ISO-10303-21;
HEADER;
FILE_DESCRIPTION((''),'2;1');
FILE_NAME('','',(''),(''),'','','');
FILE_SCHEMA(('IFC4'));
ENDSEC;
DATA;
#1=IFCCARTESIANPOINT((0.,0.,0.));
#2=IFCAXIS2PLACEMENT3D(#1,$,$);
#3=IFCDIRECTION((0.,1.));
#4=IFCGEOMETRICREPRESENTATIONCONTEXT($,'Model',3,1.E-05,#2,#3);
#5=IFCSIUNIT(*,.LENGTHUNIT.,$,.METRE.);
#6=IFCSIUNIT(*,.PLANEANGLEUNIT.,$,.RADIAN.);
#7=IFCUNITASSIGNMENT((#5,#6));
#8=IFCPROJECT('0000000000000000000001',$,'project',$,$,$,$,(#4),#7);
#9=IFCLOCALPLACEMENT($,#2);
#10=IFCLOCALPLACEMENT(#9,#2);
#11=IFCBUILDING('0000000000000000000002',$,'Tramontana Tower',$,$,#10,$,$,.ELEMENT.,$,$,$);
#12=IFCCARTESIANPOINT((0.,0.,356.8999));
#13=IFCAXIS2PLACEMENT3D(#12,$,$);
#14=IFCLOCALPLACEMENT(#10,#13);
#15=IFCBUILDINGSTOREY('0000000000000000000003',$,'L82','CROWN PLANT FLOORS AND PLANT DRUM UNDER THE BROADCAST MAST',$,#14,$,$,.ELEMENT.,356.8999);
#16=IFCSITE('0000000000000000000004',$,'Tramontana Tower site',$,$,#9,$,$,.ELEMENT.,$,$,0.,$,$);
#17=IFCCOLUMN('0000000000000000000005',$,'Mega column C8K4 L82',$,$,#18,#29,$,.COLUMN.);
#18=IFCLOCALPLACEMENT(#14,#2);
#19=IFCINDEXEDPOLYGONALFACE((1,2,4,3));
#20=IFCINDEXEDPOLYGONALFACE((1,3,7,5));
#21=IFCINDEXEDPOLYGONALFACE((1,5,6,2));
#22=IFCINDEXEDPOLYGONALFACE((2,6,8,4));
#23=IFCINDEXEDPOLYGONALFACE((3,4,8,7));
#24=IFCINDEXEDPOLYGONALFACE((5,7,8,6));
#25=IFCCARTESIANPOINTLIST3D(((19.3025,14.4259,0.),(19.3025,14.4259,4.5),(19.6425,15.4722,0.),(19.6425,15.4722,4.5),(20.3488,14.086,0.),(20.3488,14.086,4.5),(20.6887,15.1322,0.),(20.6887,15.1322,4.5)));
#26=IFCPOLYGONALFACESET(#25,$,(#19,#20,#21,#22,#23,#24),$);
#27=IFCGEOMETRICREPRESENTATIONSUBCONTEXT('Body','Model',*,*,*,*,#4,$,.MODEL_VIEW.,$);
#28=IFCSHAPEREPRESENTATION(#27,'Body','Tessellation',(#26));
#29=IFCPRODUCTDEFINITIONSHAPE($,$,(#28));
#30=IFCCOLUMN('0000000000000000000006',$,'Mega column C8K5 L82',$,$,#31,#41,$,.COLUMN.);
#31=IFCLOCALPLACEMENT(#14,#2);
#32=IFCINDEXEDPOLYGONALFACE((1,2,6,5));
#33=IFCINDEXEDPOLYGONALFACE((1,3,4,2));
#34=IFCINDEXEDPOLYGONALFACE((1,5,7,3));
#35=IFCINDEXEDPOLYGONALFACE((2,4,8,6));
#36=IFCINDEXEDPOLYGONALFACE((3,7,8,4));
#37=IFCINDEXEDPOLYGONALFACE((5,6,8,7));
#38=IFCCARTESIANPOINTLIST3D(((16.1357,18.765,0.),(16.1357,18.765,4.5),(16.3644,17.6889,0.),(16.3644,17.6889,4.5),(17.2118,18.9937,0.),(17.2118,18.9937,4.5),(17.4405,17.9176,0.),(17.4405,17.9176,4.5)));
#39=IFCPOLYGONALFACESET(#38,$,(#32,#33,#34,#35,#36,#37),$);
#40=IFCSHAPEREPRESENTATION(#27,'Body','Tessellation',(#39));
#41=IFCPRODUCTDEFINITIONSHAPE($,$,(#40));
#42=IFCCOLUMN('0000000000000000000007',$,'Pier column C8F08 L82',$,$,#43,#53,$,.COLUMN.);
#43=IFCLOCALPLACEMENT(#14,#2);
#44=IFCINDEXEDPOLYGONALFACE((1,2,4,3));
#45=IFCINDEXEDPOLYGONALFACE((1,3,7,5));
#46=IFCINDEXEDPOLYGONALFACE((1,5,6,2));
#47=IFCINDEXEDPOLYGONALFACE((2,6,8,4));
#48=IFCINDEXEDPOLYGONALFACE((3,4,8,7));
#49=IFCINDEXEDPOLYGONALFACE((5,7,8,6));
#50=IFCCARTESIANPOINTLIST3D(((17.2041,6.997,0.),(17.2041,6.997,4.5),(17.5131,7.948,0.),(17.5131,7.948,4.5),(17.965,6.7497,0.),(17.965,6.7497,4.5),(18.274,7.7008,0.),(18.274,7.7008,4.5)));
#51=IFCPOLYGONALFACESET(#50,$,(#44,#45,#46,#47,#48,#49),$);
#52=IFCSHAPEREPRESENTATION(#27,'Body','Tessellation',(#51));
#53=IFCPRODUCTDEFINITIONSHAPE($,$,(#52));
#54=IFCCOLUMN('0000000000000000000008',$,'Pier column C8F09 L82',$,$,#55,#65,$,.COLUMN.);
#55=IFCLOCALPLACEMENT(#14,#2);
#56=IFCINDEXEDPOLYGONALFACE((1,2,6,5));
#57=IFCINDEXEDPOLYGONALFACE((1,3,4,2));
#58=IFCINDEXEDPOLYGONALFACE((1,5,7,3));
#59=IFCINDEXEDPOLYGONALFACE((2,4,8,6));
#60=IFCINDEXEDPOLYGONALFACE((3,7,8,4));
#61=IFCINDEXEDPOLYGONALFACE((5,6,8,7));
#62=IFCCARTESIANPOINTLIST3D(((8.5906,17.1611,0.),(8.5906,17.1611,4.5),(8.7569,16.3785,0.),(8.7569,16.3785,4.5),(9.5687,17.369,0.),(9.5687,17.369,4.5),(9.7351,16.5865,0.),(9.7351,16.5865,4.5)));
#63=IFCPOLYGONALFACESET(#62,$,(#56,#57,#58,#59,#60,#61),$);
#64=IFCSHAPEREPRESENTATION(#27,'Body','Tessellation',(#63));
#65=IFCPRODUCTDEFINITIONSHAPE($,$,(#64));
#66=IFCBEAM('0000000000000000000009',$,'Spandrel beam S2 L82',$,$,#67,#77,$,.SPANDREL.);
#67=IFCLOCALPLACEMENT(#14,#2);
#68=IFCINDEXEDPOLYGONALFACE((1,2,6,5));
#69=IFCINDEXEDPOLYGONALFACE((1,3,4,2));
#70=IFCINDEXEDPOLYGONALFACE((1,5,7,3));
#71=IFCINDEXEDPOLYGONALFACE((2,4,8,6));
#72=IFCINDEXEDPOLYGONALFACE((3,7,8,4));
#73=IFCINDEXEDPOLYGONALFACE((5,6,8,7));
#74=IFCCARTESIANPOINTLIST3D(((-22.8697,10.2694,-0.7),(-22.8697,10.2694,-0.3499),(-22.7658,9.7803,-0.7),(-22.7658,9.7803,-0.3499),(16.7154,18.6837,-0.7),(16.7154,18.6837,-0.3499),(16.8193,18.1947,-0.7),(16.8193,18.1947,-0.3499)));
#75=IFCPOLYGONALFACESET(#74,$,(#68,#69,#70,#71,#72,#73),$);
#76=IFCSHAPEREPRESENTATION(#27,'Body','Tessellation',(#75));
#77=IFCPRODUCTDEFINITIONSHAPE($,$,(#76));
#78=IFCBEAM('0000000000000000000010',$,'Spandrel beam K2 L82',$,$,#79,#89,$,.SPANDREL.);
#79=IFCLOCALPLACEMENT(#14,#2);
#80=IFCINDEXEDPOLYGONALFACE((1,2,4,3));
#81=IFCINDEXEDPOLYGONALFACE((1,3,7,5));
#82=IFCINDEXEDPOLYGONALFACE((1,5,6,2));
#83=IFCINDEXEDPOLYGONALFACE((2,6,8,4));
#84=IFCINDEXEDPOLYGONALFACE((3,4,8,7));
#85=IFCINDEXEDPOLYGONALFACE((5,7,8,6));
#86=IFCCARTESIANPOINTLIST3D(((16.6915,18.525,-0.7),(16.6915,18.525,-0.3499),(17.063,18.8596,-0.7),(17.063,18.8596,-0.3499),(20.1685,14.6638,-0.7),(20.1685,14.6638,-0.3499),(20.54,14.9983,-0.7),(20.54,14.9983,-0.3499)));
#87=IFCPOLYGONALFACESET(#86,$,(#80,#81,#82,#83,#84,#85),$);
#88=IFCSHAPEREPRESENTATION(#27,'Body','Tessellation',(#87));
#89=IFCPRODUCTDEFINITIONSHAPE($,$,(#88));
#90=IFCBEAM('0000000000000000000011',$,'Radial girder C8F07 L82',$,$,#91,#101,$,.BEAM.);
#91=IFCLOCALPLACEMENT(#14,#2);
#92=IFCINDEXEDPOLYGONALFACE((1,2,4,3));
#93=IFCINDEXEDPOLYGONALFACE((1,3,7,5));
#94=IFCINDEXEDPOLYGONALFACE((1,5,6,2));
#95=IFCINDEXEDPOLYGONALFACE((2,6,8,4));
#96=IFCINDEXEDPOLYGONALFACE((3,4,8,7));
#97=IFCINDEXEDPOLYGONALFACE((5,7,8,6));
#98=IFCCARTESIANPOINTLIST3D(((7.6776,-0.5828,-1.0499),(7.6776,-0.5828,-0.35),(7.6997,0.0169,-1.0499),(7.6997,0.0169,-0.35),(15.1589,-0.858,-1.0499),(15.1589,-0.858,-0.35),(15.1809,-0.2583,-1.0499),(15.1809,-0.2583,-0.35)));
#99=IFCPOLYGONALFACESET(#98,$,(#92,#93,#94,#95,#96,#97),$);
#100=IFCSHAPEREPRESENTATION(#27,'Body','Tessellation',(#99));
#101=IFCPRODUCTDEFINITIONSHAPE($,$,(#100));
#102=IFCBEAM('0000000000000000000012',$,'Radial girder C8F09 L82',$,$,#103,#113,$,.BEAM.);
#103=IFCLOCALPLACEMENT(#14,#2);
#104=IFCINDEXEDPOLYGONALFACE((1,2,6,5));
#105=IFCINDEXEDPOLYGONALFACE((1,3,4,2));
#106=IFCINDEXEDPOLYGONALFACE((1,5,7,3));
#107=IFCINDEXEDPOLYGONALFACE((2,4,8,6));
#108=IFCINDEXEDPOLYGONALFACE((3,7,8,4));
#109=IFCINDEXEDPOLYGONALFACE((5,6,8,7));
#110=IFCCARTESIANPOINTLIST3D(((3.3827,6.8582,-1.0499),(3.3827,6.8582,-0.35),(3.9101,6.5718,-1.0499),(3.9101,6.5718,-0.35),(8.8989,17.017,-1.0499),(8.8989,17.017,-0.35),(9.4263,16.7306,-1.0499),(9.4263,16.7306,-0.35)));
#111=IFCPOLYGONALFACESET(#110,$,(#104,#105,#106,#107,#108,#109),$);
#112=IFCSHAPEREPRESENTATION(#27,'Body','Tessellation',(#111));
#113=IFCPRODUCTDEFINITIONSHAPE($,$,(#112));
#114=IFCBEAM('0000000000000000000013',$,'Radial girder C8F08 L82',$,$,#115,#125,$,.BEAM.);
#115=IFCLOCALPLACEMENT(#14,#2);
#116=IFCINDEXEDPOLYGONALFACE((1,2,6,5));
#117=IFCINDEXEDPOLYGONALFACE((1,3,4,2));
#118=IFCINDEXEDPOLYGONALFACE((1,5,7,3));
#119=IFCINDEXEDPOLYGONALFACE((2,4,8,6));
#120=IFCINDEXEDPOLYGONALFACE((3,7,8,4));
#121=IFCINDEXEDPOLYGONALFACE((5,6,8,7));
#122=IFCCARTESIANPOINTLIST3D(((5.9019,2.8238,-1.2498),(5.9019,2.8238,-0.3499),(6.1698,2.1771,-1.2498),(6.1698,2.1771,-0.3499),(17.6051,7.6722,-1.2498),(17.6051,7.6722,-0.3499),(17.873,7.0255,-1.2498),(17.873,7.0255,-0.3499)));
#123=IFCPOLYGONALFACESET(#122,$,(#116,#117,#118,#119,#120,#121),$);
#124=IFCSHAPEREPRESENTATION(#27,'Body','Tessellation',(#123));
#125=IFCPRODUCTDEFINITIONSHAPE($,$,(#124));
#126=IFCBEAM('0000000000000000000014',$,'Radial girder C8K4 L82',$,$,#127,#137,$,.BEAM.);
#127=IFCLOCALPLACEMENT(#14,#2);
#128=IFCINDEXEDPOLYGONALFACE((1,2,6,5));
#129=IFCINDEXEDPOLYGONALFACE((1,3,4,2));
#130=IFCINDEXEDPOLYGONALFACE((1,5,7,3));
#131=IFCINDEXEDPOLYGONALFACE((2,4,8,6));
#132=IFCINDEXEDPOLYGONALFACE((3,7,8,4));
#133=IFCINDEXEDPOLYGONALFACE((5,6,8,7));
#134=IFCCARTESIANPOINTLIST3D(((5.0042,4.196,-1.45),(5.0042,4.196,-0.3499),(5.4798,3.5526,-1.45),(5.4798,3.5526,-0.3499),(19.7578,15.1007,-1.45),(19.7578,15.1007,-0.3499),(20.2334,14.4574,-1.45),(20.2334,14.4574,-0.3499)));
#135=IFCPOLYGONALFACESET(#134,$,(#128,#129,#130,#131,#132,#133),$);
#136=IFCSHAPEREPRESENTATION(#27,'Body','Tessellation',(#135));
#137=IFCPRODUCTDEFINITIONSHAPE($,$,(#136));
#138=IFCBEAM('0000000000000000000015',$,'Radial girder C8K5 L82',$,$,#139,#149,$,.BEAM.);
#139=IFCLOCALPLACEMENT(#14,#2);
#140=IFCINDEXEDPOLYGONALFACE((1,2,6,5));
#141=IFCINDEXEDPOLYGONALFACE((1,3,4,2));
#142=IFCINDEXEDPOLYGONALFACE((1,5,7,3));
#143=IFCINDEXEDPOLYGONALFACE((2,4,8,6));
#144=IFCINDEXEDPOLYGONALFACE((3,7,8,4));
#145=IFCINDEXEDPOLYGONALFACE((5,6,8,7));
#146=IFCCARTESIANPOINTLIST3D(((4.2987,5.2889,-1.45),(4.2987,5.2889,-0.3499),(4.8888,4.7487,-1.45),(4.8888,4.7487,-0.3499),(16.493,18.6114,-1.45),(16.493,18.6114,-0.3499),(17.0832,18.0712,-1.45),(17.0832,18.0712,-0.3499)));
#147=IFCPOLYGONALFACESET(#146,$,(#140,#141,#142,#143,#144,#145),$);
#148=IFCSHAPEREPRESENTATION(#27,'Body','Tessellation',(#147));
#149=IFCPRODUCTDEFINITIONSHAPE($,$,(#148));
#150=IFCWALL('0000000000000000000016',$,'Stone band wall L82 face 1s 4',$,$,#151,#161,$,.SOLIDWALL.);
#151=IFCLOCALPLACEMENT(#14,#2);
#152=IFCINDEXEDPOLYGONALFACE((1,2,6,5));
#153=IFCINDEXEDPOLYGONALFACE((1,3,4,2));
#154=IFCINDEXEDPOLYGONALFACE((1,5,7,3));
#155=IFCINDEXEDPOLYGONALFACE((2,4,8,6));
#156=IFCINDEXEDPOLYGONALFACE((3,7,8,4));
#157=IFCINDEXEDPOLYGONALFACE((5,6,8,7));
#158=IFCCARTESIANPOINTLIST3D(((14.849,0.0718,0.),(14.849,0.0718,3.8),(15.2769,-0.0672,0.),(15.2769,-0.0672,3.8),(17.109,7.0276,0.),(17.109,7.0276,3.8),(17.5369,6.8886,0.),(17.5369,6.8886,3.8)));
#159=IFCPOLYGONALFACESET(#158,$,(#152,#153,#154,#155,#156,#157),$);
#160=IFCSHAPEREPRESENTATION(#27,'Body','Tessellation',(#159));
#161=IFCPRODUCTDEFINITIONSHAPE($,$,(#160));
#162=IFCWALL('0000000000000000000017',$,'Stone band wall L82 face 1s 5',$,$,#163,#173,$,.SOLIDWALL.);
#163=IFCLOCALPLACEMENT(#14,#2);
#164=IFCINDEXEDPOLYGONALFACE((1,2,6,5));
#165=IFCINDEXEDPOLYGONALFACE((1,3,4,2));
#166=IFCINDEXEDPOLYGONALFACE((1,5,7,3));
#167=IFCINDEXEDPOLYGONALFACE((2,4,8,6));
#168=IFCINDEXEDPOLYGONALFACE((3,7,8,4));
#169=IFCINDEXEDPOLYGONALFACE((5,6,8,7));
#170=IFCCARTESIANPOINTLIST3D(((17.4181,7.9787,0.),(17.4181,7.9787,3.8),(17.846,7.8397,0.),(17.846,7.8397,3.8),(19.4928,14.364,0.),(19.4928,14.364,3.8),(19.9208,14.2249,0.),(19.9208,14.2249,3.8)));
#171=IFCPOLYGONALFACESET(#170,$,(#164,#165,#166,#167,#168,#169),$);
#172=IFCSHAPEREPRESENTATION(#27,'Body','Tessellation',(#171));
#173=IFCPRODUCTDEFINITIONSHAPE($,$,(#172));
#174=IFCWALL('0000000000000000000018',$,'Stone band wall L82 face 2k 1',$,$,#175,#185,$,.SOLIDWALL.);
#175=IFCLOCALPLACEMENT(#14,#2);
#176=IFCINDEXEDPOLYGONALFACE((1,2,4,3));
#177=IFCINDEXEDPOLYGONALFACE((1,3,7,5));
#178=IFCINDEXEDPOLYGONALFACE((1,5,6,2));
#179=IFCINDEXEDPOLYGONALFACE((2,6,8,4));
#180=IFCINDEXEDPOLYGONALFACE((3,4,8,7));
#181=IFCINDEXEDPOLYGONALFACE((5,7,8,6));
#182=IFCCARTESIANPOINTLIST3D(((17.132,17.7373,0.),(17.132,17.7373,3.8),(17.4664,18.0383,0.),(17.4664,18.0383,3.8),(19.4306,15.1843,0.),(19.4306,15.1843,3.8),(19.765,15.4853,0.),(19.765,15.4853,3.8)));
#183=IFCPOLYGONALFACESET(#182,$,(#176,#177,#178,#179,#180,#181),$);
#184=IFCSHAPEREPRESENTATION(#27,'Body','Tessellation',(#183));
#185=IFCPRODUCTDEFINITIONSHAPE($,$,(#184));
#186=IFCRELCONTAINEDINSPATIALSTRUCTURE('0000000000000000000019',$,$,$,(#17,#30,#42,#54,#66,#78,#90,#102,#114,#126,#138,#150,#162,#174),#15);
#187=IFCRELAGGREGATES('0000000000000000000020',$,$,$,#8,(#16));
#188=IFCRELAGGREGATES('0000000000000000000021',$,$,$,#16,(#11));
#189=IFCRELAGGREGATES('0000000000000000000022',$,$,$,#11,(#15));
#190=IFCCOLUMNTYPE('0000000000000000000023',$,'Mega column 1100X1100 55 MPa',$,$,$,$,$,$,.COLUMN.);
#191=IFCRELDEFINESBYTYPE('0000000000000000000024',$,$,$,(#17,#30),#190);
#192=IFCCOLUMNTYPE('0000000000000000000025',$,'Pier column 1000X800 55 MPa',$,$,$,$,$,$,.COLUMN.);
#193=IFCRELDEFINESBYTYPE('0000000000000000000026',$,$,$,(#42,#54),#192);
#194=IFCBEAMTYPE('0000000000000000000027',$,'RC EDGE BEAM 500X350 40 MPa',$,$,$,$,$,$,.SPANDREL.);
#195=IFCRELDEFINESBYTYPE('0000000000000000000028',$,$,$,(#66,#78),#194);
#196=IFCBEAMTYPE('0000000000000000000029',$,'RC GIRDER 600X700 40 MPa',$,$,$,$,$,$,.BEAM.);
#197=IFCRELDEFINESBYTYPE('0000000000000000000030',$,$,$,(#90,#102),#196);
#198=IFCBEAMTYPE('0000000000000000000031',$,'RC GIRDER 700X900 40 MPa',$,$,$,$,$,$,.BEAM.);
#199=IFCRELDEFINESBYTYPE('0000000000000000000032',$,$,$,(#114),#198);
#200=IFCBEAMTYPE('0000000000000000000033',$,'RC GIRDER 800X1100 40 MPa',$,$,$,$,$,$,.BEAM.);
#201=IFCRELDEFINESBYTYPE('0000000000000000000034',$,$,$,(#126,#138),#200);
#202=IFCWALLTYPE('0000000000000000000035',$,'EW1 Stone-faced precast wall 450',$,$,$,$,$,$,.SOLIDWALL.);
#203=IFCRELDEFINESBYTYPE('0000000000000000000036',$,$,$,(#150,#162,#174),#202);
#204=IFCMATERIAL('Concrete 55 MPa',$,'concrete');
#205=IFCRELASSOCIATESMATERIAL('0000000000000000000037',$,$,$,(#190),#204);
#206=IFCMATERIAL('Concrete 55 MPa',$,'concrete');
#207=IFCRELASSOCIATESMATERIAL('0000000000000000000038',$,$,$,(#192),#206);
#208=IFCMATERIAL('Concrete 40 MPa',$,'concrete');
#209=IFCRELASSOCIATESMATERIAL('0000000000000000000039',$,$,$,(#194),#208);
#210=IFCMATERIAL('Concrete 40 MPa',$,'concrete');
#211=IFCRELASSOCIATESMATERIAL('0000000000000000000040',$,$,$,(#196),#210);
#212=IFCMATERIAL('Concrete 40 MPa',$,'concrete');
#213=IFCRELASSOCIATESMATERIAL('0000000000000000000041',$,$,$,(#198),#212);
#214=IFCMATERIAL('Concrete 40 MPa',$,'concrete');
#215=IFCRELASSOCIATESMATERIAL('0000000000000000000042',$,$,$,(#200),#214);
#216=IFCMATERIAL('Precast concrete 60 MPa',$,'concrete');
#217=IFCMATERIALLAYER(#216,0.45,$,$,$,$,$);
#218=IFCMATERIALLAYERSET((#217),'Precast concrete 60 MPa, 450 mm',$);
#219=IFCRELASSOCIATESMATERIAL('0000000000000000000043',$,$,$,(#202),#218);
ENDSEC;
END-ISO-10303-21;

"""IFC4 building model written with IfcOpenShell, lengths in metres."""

from ifc_helpers import new_model, si_unit, direction, frame, frame_2d, origin, origin_2d, place, context, subcontext, project, spatial, rectangle, extrude, material, layer, layer_set, material_profile, profile_set, type_object, element, save


model = new_model("IFC4")

# Units and contexts
model_context = context("Model", 3, precision=1e-05, world=origin(), true_north=direction((0.0, 1.0)))
body_context = subcontext(model_context, "Body", "Model", "MODEL_VIEW")
ifc_project = project(units=[si_unit("LENGTHUNIT", "METRE"), si_unit("PLANEANGLEUNIT", "RADIAN")], contexts=[model_context])

# Site, building, storey
site_placement = place(None, origin())
site = spatial("IfcSite", under=ifc_project, at=site_placement, Name="Tramontana Tower site", CompositionType="ELEMENT", RefElevation=0.0)
building_placement = place(site_placement, origin())
building = spatial("IfcBuilding", under=site, at=building_placement, Name="Tramontana Tower", CompositionType="ELEMENT")
storey_placement = place(building_placement, frame((0.0, 0.0, 356.8999)))
storey = spatial("IfcBuildingStorey", under=building, at=storey_placement, Name="L82", Description="CROWN PLANT FLOORS AND PLANT DRUM UNDER THE BROADCAST MAST", CompositionType="ELEMENT", Elevation=356.8999)

# Columns
ifc_material_1 = material(Name="Concrete 55 MPa", Category="concrete")
ifc_material_profile_1 = material_profile(ifc_material_1, rectangle(XDim=1.1001, YDim=1.1001, at=origin_2d()), Name="Mega column 1100X1100 55 MPa")
ifc_profile_set_1 = profile_set([ifc_material_profile_1], Name="Concrete 55 MPa")
column_type_1 = type_object("IfcColumnType", Name="Mega column 1100X1100 55 MPa", PredefinedType="COLUMN", material=ifc_profile_set_1)
for number, where, z_axis, x_axis, name in (
    (1, (19.9956, 14.7791, 0.0), (0.0, 0.0, 1.0), (0.309017, 0.951057, 0.0), "Mega column C8K4 L82"),
    (2, (16.7881, 18.3413, 0.0), (0.0, 0.0, 1.0), (-0.978148, -0.207912, 0.0), "Mega column C8K5 L82"),
):
    element("IfcColumn", number, at=place(storey_placement, frame(where, z_axis=z_axis, x_axis=x_axis)), inside=storey, type_object=column_type_1, Name=name, PredefinedType="COLUMN", context=body_context, shape_type="SweptSolid", body=[
        extrude(rectangle(XDim=1.1001, YDim=1.1001, at=origin_2d()), origin(), (0.0, 0.0, 1.0), 4.5),
    ])
ifc_material_2 = material(Name="Concrete 55 MPa", Category="concrete")
ifc_material_profile_2 = material_profile(ifc_material_2, rectangle(XDim=1.0, YDim=0.8, at=origin_2d()), Name="Pier column 1000X800 55 MPa")
ifc_profile_set_2 = profile_set([ifc_material_profile_2], Name="Concrete 55 MPa")
column_type_2 = type_object("IfcColumnType", Name="Pier column 1000X800 55 MPa", PredefinedType="COLUMN", material=ifc_profile_set_2)
for number, where, z_axis, x_axis, name in (
    (3, (17.739, 7.3489, 0.0), (0.0, 0.0, 1.0), (0.309017, 0.951057, 0.0), "Pier column C8F08 L82"),
    (4, (9.1628, 16.8738, 0.0), (0.0, 0.0, 1.0), (-0.978148, -0.207912, 0.0), "Pier column C8F09 L82"),
):
    element("IfcColumn", number, at=place(storey_placement, frame(where, z_axis=z_axis, x_axis=x_axis)), inside=storey, type_object=column_type_2, Name=name, PredefinedType="COLUMN", context=body_context, shape_type="SweptSolid", body=[
        extrude(rectangle(XDim=1.0, YDim=0.8, at=origin_2d()), origin(), (0.0, 0.0, 1.0), 4.5),
    ])

# Beams
ifc_material_3 = material(Name="Concrete 40 MPa", Category="concrete")
ifc_material_profile_3 = material_profile(ifc_material_3, rectangle(XDim=0.5, YDim=0.3501, at=origin_2d()), Name="RC EDGE BEAM 500X350 40 MPa")
ifc_profile_set_3 = profile_set([ifc_material_profile_3], Name="Concrete 40 MPa")
beam_type_1 = type_object("IfcBeamType", Name="RC EDGE BEAM 500X350 40 MPa", PredefinedType="SPANDREL", material=ifc_profile_set_3)
beam_1_placement = place(storey_placement, frame((16.7673, 18.4392, -0.5249), z_axis=(-0.978146, -0.207918, 0.0), x_axis=(0.207918, -0.978146, 0.0)))
element("IfcBeam", 5, at=beam_1_placement, inside=storey, type_object=beam_type_1, Name="Spandrel beam S2 L82", PredefinedType="SPANDREL", context=body_context, shape_type="SweptSolid", body=[
    extrude(rectangle(XDim=0.5, YDim=0.3501, at=origin_2d()), origin(), (0.0, 0.0, 1.0), 40.4695),
])
beam_2_placement = place(storey_placement, frame((20.3542, 14.8311, -0.5249), z_axis=(-0.669162, 0.743117, 0.0), x_axis=(-0.743117, -0.669162, 0.0)))
element("IfcBeam", 6, at=beam_2_placement, inside=storey, type_object=beam_type_1, Name="Spandrel beam K2 L82", PredefinedType="SPANDREL", context=body_context, shape_type="SweptSolid", body=[
    extrude(rectangle(XDim=0.5, YDim=0.3501, at=origin_2d()), origin(), (0.0, 0.0, 1.0), 5.196),
])
ifc_material_4 = material(Name="Concrete 40 MPa", Category="concrete")
ifc_material_profile_4 = material_profile(ifc_material_4, rectangle(XDim=0.6001, YDim=0.7, at=origin_2d()), Name="RC GIRDER 600X700 40 MPa")
ifc_profile_set_4 = profile_set([ifc_material_profile_4], Name="Concrete 40 MPa")
beam_type_2 = type_object("IfcBeamType", Name="RC GIRDER 600X700 40 MPa", PredefinedType="BEAM", material=ifc_profile_set_4)
beam_3_placement = place(storey_placement, frame((15.1699, -0.5581, -0.7), z_axis=(-0.999324, 0.036754, 0.0), x_axis=(-0.036754, -0.999324, 0.0)))
element("IfcBeam", 7, at=beam_3_placement, inside=storey, type_object=beam_type_2, Name="Radial girder C8F07 L82", PredefinedType="BEAM", context=body_context, shape_type="SweptSolid", body=[
    extrude(rectangle(XDim=0.6001, YDim=0.7, at=origin_2d()), origin(), (0.0, 0.0, 1.0), 7.4863),
])
beam_4_placement = place(storey_placement, frame((9.1626, 16.8738, -0.7), z_axis=(-0.477185, -0.878803, 0.0), x_axis=(0.878803, -0.477185, 0.0)))
element("IfcBeam", 8, at=beam_4_placement, inside=storey, type_object=beam_type_2, Name="Radial girder C8F09 L82", PredefinedType="BEAM", context=body_context, shape_type="SweptSolid", body=[
    extrude(rectangle(XDim=0.6001, YDim=0.7, at=origin_2d()), origin(), (0.0, 0.0, 1.0), 11.5598),
])
ifc_material_5 = material(Name="Concrete 40 MPa", Category="concrete")
ifc_material_profile_5 = material_profile(ifc_material_5, rectangle(XDim=0.7, YDim=0.8999, at=origin_2d()), Name="RC GIRDER 700X900 40 MPa")
ifc_profile_set_5 = profile_set([ifc_material_profile_5], Name="Concrete 40 MPa")
beam_type_3 = type_object("IfcBeamType", Name="RC GIRDER 700X900 40 MPa", PredefinedType="BEAM", material=ifc_profile_set_5)
beam_5_placement = place(storey_placement, frame((17.739, 7.3489, -0.7998), z_axis=(-0.923857, -0.382737, 0.0), x_axis=(0.382737, -0.923857, 0.0)))
element("IfcBeam", 9, at=beam_5_placement, inside=storey, type_object=beam_type_3, Name="Radial girder C8F08 L82", PredefinedType="BEAM", context=body_context, shape_type="SweptSolid", body=[
    extrude(rectangle(XDim=0.7, YDim=0.8999, at=origin_2d()), origin(), (0.0, 0.0, 1.0), 12.6677),
])
ifc_material_6 = material(Name="Concrete 40 MPa", Category="concrete")
ifc_material_profile_6 = material_profile(ifc_material_6, rectangle(XDim=0.8, YDim=1.1001, at=origin_2d()), Name="RC GIRDER 800X1100 40 MPa")
ifc_profile_set_6 = profile_set([ifc_material_profile_6], Name="Concrete 40 MPa")
beam_type_4 = type_object("IfcBeamType", Name="RC GIRDER 800X1100 40 MPa", PredefinedType="BEAM", material=ifc_profile_set_6)
beam_6_placement = place(storey_placement, frame((19.9956, 14.7791, -0.8999), z_axis=(-0.804179, -0.594388, 0.0), x_axis=(0.594388, -0.804179, 0.0)))
element("IfcBeam", 10, at=beam_6_placement, inside=storey, type_object=beam_type_4, Name="Radial girder C8K4 L82", PredefinedType="BEAM", context=body_context, shape_type="SweptSolid", body=[
    extrude(rectangle(XDim=0.8, YDim=1.1001, at=origin_2d()), origin(), (0.0, 0.0, 1.0), 18.3462),
])
beam_7_placement = place(storey_placement, frame((16.7881, 18.3413, -0.8999), z_axis=(-0.675184, -0.737649, 0.0), x_axis=(0.737649, -0.675184, 0.0)))
element("IfcBeam", 11, at=beam_7_placement, inside=storey, type_object=beam_type_4, Name="Radial girder C8K5 L82", PredefinedType="BEAM", context=body_context, shape_type="SweptSolid", body=[
    extrude(rectangle(XDim=0.8, YDim=1.1001, at=origin_2d()), origin(), (0.0, 0.0, 1.0), 18.0608),
])

# Walls
ifc_material_7 = material(Name="Precast concrete 60 MPa", Category="concrete")
ifc_layer_1 = layer(ifc_material_7, 0.45)
ifc_layer_set_1 = layer_set([ifc_layer_1], Name="Precast concrete 60 MPa, 450 mm")
wall_type_1 = type_object("IfcWallType", Name="EW1 Stone-faced precast wall 450", PredefinedType="SOLIDWALL", material=ifc_layer_set_1)
wall_1_placement = place(storey_placement, frame((15.063, 0.0024, 0.0), z_axis=(0.0, 0.0, 1.0), x_axis=(0.309008, 0.951059, 0.0)))
element("IfcWall", 12, at=wall_1_placement, inside=storey, type_object=wall_type_1, Name="Stone band wall L82 face 1s 4", PredefinedType="SOLIDWALL", context=body_context, shape_type="SweptSolid", body=[
    extrude(rectangle(XDim=7.3137, YDim=0.45, at=frame_2d((3.6567, 0.0))), origin(), (0.0, 0.0, 1.0), 3.8),
])
wall_2_placement = place(storey_placement, frame((17.6321, 7.9092, 0.0), z_axis=(0.0, 0.0, 1.0), x_axis=(0.309019, 0.951056, 0.0)))
element("IfcWall", 13, at=wall_2_placement, inside=storey, type_object=wall_type_1, Name="Stone band wall L82 face 1s 5", PredefinedType="SOLIDWALL", context=body_context, shape_type="SweptSolid", body=[
    extrude(rectangle(XDim=6.7139, YDim=0.45, at=frame_2d((3.3569, 0.0))), origin(), (0.0, 0.0, 1.0), 3.8),
])
wall_3_placement = place(storey_placement, frame((19.5979, 15.3347, 0.0), z_axis=(0.0, 0.0, 1.0), x_axis=(-0.66911, 0.743163, 0.0)))
element("IfcWall", 14, at=wall_3_placement, inside=storey, type_object=wall_type_1, Name="Stone band wall L82 face 2k 1", PredefinedType="SOLIDWALL", context=body_context, shape_type="SweptSolid", body=[
    extrude(rectangle(XDim=3.4353, YDim=0.45, at=frame_2d((1.7178, 0.0))), origin(), (0.0, 0.0, 1.0), 3.8),
])

save(model, "model.ifc")
